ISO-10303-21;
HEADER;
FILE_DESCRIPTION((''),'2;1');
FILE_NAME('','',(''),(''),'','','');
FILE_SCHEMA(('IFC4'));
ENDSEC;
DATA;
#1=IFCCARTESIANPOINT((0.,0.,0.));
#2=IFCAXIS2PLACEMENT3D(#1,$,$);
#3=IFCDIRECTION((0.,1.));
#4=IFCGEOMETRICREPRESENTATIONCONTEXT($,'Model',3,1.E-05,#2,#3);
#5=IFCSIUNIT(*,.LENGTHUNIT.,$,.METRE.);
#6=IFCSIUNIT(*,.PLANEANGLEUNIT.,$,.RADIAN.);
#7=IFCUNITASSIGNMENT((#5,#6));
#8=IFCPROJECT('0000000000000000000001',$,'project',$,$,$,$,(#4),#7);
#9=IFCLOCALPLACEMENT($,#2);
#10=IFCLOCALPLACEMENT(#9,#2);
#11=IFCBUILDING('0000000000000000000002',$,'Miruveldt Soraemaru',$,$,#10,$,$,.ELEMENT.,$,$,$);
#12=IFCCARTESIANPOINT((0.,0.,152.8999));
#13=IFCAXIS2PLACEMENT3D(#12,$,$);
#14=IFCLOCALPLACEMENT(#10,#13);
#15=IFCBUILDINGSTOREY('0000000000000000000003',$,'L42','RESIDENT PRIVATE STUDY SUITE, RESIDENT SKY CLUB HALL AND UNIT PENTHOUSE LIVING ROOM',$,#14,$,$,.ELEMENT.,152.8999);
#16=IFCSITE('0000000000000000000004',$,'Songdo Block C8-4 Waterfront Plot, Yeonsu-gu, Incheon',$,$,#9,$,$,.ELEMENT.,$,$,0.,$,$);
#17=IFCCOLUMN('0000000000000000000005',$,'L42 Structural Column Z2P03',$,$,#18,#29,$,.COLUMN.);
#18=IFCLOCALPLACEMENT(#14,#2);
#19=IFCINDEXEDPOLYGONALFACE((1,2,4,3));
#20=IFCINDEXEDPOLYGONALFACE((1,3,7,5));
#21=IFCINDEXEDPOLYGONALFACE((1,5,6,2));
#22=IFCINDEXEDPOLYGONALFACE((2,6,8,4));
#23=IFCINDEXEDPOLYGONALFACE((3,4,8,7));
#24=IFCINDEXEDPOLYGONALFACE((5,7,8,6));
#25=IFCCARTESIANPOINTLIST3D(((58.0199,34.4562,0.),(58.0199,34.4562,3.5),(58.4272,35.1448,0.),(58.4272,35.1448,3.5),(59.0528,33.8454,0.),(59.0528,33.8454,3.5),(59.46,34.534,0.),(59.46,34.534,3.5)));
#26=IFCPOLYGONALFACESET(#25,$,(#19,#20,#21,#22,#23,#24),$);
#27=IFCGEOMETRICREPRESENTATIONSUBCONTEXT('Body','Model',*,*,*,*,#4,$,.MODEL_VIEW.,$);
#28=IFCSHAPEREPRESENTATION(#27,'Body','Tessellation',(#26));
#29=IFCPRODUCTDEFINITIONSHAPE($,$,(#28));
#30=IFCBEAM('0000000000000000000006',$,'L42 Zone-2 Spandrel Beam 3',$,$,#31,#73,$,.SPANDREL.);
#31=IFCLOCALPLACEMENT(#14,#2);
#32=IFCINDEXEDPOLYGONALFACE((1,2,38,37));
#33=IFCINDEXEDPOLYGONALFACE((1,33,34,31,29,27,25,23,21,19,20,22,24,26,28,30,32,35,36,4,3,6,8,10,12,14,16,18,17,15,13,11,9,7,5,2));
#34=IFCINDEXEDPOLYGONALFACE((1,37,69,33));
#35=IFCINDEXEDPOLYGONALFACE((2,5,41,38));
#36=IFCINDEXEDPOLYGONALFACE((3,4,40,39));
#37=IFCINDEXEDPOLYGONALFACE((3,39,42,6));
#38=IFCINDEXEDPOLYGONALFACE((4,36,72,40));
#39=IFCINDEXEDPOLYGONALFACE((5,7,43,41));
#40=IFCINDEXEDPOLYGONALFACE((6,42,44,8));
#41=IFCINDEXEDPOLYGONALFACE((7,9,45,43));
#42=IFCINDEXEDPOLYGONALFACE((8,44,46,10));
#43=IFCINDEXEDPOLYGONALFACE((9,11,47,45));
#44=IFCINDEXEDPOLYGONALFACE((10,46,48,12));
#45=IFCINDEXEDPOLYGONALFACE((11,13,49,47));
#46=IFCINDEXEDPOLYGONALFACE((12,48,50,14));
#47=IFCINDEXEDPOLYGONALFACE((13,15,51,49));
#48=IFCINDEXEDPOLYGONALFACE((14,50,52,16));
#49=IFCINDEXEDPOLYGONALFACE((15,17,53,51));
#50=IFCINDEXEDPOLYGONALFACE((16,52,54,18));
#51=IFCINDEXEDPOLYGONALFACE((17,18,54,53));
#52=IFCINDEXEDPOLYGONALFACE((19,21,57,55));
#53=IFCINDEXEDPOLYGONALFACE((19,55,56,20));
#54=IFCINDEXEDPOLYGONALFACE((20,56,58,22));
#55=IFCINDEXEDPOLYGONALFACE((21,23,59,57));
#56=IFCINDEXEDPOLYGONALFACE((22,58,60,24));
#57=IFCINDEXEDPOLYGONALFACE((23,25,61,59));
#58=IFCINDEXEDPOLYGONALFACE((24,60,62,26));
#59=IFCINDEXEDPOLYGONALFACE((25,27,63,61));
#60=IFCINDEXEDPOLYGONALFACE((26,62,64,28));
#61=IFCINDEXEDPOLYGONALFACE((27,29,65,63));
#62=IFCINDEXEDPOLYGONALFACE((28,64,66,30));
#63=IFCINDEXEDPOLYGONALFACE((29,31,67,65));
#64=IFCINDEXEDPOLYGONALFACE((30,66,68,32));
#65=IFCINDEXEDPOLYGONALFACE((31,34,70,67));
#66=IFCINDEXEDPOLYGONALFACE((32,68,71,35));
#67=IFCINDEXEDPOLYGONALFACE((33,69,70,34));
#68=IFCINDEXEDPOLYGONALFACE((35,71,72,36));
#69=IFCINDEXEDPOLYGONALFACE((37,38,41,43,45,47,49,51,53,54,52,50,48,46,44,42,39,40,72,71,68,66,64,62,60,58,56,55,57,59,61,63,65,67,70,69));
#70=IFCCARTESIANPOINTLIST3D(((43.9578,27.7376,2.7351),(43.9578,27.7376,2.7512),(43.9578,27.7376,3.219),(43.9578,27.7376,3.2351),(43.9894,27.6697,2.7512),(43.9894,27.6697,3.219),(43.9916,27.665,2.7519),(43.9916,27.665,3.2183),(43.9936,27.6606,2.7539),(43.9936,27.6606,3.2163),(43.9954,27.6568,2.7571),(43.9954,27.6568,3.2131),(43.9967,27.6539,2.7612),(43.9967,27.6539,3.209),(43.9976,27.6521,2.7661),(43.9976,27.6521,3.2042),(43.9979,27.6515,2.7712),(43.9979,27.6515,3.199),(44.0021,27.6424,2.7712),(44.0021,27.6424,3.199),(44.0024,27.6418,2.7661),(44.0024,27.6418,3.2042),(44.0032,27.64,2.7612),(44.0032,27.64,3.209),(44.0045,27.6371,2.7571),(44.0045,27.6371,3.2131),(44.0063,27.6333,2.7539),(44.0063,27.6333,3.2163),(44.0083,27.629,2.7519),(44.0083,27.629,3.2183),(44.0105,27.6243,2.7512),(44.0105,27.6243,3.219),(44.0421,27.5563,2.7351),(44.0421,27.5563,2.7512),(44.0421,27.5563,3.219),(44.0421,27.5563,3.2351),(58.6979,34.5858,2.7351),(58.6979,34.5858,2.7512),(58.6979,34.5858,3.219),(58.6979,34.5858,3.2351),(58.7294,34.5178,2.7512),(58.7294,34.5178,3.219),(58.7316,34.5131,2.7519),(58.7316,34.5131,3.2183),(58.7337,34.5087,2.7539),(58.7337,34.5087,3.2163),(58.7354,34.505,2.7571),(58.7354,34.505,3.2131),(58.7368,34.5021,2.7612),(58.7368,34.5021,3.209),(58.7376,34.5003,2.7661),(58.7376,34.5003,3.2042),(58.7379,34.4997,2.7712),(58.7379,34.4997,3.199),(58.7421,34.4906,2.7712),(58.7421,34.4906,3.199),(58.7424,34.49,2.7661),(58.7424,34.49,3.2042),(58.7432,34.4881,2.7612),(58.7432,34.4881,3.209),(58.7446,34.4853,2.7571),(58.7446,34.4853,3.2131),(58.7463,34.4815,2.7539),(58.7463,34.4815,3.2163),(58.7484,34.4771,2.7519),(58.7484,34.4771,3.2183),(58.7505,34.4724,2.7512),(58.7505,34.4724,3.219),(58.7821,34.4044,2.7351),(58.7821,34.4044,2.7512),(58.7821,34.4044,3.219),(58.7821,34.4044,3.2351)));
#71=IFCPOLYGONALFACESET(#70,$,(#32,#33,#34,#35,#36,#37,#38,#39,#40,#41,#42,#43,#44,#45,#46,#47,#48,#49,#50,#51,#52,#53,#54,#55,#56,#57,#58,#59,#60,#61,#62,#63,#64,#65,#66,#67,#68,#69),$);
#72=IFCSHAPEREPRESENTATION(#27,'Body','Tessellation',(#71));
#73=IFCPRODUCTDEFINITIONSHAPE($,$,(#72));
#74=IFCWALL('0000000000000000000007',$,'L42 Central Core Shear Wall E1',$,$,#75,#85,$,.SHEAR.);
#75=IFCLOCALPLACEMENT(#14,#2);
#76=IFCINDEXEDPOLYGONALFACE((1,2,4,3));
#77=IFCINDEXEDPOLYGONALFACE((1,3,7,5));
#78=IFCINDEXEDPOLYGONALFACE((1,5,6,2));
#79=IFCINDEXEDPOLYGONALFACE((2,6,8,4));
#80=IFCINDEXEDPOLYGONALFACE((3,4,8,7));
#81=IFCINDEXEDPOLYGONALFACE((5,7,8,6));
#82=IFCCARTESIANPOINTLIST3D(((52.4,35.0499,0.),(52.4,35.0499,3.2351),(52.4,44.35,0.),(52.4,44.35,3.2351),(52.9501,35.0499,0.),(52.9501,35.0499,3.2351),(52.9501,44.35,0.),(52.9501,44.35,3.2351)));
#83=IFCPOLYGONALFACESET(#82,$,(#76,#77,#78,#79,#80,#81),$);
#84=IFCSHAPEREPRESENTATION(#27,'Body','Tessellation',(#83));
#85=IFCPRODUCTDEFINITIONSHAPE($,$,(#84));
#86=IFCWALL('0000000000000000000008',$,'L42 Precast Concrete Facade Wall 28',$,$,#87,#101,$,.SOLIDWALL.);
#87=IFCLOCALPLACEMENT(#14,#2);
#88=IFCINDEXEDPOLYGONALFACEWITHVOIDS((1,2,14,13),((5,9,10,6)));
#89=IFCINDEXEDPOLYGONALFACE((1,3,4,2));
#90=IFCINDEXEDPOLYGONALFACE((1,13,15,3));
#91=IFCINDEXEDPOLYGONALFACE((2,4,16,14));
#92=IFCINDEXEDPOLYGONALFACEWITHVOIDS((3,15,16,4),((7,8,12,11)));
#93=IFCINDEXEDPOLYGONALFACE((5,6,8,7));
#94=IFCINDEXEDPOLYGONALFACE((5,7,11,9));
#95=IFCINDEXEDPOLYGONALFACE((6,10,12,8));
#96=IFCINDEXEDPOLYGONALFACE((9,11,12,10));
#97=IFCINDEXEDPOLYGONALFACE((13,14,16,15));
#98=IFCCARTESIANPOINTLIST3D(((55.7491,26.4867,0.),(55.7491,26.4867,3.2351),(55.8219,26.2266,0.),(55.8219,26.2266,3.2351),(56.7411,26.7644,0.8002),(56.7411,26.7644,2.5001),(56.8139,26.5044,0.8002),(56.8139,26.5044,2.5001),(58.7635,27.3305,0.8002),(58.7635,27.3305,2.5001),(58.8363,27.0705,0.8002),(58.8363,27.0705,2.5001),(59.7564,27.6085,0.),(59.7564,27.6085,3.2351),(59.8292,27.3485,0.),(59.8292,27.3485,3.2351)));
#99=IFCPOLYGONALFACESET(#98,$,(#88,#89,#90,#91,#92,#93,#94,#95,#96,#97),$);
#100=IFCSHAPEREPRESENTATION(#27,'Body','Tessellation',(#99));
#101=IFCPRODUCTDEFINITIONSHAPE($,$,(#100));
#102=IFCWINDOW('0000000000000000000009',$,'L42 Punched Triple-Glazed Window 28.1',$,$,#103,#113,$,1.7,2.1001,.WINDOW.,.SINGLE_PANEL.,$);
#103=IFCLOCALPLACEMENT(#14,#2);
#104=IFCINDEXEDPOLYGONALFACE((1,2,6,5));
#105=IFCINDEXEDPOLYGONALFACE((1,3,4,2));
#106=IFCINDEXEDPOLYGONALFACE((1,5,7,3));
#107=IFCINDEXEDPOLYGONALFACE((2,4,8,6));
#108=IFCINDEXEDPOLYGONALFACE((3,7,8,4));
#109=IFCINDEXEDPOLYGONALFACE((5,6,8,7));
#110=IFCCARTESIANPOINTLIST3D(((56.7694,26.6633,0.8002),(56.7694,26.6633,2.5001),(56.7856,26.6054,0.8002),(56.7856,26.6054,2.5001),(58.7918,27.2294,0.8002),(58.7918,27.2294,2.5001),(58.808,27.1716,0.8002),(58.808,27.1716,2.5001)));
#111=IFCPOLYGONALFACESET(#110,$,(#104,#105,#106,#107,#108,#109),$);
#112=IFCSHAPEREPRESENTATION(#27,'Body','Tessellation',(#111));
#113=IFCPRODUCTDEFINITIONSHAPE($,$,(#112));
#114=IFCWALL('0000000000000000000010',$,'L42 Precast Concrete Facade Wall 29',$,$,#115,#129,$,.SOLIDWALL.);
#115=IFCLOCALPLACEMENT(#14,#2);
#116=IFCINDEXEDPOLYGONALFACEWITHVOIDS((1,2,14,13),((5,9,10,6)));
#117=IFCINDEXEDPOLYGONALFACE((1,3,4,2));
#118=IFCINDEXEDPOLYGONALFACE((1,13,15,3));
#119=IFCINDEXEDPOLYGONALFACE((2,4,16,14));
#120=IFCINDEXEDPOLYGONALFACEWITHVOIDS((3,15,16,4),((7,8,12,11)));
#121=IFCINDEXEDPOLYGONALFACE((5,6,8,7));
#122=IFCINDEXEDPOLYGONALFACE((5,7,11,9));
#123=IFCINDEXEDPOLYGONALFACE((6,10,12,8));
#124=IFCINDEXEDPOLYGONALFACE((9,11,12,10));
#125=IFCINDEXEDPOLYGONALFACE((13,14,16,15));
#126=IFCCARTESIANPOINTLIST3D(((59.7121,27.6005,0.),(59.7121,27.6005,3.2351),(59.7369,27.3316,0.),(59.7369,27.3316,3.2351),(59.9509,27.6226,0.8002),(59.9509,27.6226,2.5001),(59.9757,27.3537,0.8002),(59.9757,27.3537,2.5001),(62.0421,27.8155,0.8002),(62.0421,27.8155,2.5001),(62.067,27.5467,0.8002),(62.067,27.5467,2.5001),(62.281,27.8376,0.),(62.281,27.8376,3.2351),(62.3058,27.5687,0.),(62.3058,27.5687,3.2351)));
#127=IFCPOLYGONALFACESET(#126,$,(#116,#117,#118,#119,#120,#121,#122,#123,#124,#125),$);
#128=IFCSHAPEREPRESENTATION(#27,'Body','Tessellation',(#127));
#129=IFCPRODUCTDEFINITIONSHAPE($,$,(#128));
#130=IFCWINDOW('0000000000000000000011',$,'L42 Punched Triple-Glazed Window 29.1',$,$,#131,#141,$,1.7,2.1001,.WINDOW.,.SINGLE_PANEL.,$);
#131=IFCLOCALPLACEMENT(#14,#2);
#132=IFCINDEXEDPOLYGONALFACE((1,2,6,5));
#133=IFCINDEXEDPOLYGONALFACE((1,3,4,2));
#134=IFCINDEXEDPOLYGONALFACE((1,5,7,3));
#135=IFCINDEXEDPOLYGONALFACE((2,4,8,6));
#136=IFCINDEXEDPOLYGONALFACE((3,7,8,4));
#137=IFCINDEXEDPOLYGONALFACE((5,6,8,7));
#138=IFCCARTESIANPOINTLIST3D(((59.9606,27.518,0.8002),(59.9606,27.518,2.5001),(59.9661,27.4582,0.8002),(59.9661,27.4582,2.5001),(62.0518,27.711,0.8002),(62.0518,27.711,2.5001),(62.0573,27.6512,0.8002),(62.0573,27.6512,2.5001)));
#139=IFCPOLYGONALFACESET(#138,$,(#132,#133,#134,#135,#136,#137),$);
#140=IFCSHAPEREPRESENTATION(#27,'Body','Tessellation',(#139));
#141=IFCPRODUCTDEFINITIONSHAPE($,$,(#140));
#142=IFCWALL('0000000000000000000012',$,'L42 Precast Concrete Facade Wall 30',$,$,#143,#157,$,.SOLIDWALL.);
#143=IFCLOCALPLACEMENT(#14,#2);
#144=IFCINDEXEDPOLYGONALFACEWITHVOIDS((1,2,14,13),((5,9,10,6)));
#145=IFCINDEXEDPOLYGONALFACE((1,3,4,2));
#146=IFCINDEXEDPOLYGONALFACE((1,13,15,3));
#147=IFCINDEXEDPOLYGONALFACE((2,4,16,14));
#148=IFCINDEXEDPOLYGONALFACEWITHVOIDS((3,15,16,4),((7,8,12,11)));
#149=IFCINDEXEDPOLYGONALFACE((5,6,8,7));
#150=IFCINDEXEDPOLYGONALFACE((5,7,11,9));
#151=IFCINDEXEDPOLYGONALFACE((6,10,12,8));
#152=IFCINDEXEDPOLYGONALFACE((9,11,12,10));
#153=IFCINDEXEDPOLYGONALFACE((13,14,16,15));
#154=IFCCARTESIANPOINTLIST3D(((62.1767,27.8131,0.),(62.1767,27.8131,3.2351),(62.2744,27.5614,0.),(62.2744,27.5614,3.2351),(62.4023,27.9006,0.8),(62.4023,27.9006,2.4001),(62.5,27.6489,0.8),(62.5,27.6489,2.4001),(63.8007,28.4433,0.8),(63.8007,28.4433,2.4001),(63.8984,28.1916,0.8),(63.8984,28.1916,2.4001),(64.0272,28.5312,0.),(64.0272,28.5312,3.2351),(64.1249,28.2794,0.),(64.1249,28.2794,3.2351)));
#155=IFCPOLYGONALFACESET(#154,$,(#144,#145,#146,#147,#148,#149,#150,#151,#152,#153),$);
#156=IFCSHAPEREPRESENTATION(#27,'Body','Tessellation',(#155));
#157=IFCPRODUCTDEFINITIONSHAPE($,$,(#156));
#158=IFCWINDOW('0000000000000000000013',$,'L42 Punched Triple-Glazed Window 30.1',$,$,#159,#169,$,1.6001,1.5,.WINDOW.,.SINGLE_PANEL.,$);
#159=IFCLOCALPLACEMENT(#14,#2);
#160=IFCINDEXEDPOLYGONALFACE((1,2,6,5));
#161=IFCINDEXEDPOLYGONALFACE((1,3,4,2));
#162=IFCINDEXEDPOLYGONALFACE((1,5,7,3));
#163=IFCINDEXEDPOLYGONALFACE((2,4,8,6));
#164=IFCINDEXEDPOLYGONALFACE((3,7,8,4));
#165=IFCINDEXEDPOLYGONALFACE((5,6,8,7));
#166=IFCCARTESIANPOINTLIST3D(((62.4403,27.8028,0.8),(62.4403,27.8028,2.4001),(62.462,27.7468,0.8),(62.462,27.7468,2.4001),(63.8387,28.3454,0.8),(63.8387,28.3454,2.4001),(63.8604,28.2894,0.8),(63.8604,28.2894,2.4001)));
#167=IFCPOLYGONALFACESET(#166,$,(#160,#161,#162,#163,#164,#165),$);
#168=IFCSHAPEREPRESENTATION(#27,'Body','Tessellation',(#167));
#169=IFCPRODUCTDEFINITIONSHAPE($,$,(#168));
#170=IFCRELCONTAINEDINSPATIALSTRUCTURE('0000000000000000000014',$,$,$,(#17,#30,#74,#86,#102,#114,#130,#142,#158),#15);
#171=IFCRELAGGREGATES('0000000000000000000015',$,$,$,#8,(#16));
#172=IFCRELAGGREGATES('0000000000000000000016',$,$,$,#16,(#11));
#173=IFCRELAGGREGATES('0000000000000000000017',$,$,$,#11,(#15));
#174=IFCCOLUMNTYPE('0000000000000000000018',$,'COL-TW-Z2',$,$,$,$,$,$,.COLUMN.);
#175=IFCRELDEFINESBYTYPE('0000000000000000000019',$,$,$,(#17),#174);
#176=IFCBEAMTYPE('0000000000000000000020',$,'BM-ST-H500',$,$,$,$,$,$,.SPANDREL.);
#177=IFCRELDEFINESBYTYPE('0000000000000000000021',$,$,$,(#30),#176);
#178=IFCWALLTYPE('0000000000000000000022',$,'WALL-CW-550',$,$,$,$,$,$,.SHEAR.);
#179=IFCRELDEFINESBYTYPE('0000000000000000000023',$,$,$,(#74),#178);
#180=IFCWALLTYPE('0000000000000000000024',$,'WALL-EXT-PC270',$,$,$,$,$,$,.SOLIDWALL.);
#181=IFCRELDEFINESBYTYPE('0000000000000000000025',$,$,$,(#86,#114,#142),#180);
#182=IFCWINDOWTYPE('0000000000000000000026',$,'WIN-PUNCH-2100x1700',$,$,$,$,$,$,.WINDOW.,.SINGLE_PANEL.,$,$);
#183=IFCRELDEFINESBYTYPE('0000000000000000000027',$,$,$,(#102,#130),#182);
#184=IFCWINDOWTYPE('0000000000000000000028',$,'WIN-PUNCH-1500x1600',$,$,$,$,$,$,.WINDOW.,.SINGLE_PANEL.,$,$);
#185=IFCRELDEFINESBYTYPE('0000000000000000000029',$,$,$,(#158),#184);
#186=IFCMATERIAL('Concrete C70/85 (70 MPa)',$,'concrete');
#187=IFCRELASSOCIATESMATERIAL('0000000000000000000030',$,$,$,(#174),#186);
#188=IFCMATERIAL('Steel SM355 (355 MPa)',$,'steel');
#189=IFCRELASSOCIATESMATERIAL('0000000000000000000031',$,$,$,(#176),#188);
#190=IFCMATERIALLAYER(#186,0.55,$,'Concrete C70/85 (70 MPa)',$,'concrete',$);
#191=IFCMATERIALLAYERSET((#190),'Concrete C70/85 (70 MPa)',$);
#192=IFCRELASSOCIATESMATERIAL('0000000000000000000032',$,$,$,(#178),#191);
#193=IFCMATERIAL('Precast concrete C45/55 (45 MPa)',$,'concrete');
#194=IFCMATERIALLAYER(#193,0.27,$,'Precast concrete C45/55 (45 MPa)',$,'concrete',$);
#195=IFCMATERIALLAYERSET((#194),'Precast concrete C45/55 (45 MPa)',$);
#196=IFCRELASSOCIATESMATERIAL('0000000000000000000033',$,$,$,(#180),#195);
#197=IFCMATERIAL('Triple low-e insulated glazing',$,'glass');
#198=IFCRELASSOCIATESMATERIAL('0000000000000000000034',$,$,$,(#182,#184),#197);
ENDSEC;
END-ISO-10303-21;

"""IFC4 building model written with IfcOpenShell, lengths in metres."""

from ifc_helpers import new_model, si_unit, direction, frame, frame_2d, origin, origin_2d, place, context, subcontext, project, spatial, rectangle, i_section, extrude, material, layer, layer_set, material_profile, profile_set, type_object, element, fill, save


model = new_model("IFC4")

# Units and contexts
model_context = context("Model", 3, precision=1e-05, world=origin(), true_north=direction((0.0, 1.0)))
body_context = subcontext(model_context, "Body", "Model", "MODEL_VIEW")
ifc_project = project(units=[si_unit("LENGTHUNIT", "METRE"), si_unit("PLANEANGLEUNIT", "RADIAN")], contexts=[model_context])

# Site, building, storey
site_placement = place(None, origin())
site = spatial("IfcSite", under=ifc_project, at=site_placement, Name="Songdo Block C8-4 Waterfront Plot, Yeonsu-gu, Incheon", CompositionType="ELEMENT", RefElevation=0.0)
building_placement = place(site_placement, origin())
building = spatial("IfcBuilding", under=site, at=building_placement, Name="Miruveldt Soraemaru", CompositionType="ELEMENT")
storey_placement = place(building_placement, frame((0.0, 0.0, 152.8999)))
storey = spatial("IfcBuildingStorey", under=building, at=storey_placement, Name="L42", Description="RESIDENT PRIVATE STUDY SUITE, RESIDENT SKY CLUB HALL AND UNIT PENTHOUSE LIVING ROOM", CompositionType="ELEMENT", Elevation=152.8999)

# Column
ifc_material_1 = material(Name="Concrete C70/85 (70 MPa)", Category="concrete")
ifc_material_profile_1 = material_profile(ifc_material_1, rectangle(XDim=1.2, YDim=0.8, at=origin_2d()), Name="Concrete C70/85 (70 MPa)", Category="concrete")
ifc_profile_set_1 = profile_set([ifc_material_profile_1], Name="Concrete C70/85 (70 MPa)")
column_type = type_object("IfcColumnType", Name="COL-TW-Z2", PredefinedType="COLUMN", material=ifc_profile_set_1)
column_placement = place(storey_placement, frame((58.74, 34.4951, 0.0), z_axis=(0.0, 0.0, 1.0), x_axis=(-0.860742, 0.509041, 0.0)))
element("IfcColumn", 1, at=column_placement, inside=storey, type_object=column_type, Name="L42 Structural Column Z2P03", PredefinedType="COLUMN", context=body_context, shape_type="SweptSolid", body=[
    extrude(rectangle(XDim=1.2, YDim=0.8, at=origin_2d()), origin(), (0.0, 0.0, 1.0), 3.5),
])

# Beam
ifc_material_2 = material(Name="Steel SM355 (355 MPa)", Category="steel")
ifc_material_profile_2 = material_profile(ifc_material_2, i_section(OverallWidth=0.2, OverallDepth=0.5, WebThickness=0.01, FlangeThickness=0.0161, FilletRadius=0.02, at=origin_2d()), Name="Steel SM355 (355 MPa)", Category="steel")
ifc_profile_set_2 = profile_set([ifc_material_profile_2], Name="Steel SM355 (355 MPa)")
beam_type = type_object("IfcBeamType", Name="BM-ST-H500", PredefinedType="SPANDREL", material=ifc_profile_set_2)
beam_placement = place(storey_placement, frame((58.74, 34.4951, 2.9851), z_axis=(-0.906901, -0.421343, 0.0), x_axis=(0.421343, -0.906901, 0.0)))
element("IfcBeam", 2, at=beam_placement, inside=storey, type_object=beam_type, Name="L42 Zone-2 Spandrel Beam 3", PredefinedType="SPANDREL", context=body_context, shape_type="SweptSolid", body=[
    extrude(i_section(OverallWidth=0.2, OverallDepth=0.5, WebThickness=0.01, FlangeThickness=0.0161, FilletRadius=0.02, at=origin_2d()), origin(), (0.0, 0.0, 1.0), 16.2532),
])

# Wall
ifc_layer_1 = layer(ifc_material_1, 0.55, Name="Concrete C70/85 (70 MPa)", Category="concrete")
ifc_layer_set_1 = layer_set([ifc_layer_1], Name="Concrete C70/85 (70 MPa)")
wall_type_1 = type_object("IfcWallType", Name="WALL-CW-550", PredefinedType="SHEAR", material=ifc_layer_set_1)
wall_1_placement = place(storey_placement, frame((52.675, 35.05, 0.0), z_axis=(0.0, 0.0, 1.0), x_axis=(0.0, 1.0, 0.0)))
element("IfcWall", 3, at=wall_1_placement, inside=storey, type_object=wall_type_1, Name="L42 Central Core Shear Wall E1", PredefinedType="SHEAR", context=body_context, shape_type="SweptSolid", body=[
    extrude(rectangle(XDim=9.3, YDim=0.55, at=frame_2d((4.6499, 0.0))), origin(), (0.0, 0.0, 1.0), 3.2351),
])

# Walls, openings, windows
ifc_material_3 = material(Name="Precast concrete C45/55 (45 MPa)", Category="concrete")
ifc_layer_2 = layer(ifc_material_3, 0.27, Name="Precast concrete C45/55 (45 MPa)", Category="concrete")
ifc_layer_set_2 = layer_set([ifc_layer_2], Name="Precast concrete C45/55 (45 MPa)")
wall_type_2 = type_object("IfcWallType", Name="WALL-EXT-PC270", PredefinedType="SOLIDWALL", material=ifc_layer_set_2)
wall_2_placement = place(storey_placement, frame((55.7856, 26.3567, 0.0), z_axis=(0.0, 0.0, 1.0), x_axis=(0.962978, 0.26958, 0.0)))
wall_2 = element("IfcWall", 4, at=wall_2_placement, inside=storey, type_object=wall_type_2, Name="L42 Precast Concrete Facade Wall 28", PredefinedType="SOLIDWALL", context=body_context, shape_type="SweptSolid", body=[
    extrude(rectangle(XDim=4.1614, YDim=0.27, at=frame_2d((2.0806, 0.0))), origin(), (0.0, 0.0, 1.0), 3.2351),
])
opening_1_placement = place(wall_2_placement, frame((1.03, 0.0, 0.8)))
opening_1 = element("IfcOpeningElement", 5, at=opening_1_placement, cuts=wall_2, PredefinedType="OPENING", context=body_context, shape_type="SweptSolid", body=[
    extrude(rectangle(XDim=2.1001, YDim=1.7, at=frame_2d((1.05, 0.8501))), frame((0.0, 0.145, 0.0), z_axis=(0.0, -1.0, 0.0), x_axis=(1.0, 0.0, 0.0)), (0.0, 0.0, 1.0), 0.29),
])
ifc_material_4 = material(Name="Triple low-e insulated glazing", Category="glass")
window_type_1 = type_object("IfcWindowType", Name="WIN-PUNCH-2100x1700", PartitioningType="SINGLE_PANEL", PredefinedType="WINDOW", material=ifc_material_4)
window_1_placement = place(opening_1_placement, origin())
window_1 = element("IfcWindow", 6, at=window_1_placement, inside=storey, type_object=window_type_1, Name="L42 Punched Triple-Glazed Window 28.1", OverallHeight=1.7, OverallWidth=2.1001, PartitioningType="SINGLE_PANEL", PredefinedType="WINDOW", context=body_context, shape_type="SweptSolid", body=[
    extrude(rectangle(XDim=2.1001, YDim=1.7, at=frame_2d((1.05, 0.8501))), frame((0.0, 0.03, 0.0), z_axis=(0.0, -1.0, 0.0), x_axis=(1.0, 0.0, 0.0)), (0.0, 0.0, 1.0), 0.0601),
])
fill(opening_1, window_1)
wall_3_placement = place(storey_placement, frame((59.7244, 27.4661, 0.0), z_axis=(0.0, 0.0, 1.0), x_axis=(0.995769, 0.091892, 0.0)))
wall_3 = element("IfcWall", 7, at=wall_3_placement, inside=storey, type_object=wall_type_2, Name="L42 Precast Concrete Facade Wall 29", PredefinedType="SOLIDWALL", context=body_context, shape_type="SweptSolid", body=[
    extrude(rectangle(XDim=2.5798, YDim=0.27, at=frame_2d((1.29, 0.0))), origin(), (0.0, 0.0, 1.0), 3.2351),
])
opening_2_placement = place(wall_3_placement, frame((0.24, 0.0, 0.8)))
opening_2 = element("IfcOpeningElement", 8, at=opening_2_placement, cuts=wall_3, PredefinedType="OPENING", context=body_context, shape_type="SweptSolid", body=[
    extrude(rectangle(XDim=2.1001, YDim=1.7, at=frame_2d((1.05, 0.8501))), frame((0.0, 0.145, 0.0), z_axis=(0.0, -1.0, 0.0), x_axis=(1.0, 0.0, 0.0)), (0.0, 0.0, 1.0), 0.29),
])
window_2_placement = place(opening_2_placement, origin())
window_2 = element("IfcWindow", 9, at=window_2_placement, inside=storey, type_object=window_type_1, Name="L42 Punched Triple-Glazed Window 29.1", OverallHeight=1.7, OverallWidth=2.1001, PartitioningType="SINGLE_PANEL", PredefinedType="WINDOW", context=body_context, shape_type="SweptSolid", body=[
    extrude(rectangle(XDim=2.1001, YDim=1.7, at=frame_2d((1.05, 0.8501))), frame((0.0, 0.03, 0.0), z_axis=(0.0, -1.0, 0.0), x_axis=(1.0, 0.0, 0.0)), (0.0, 0.0, 1.0), 0.0601),
])
fill(opening_2, window_2)
wall_4_placement = place(storey_placement, frame((62.2256, 27.6873, 0.0), z_axis=(0.0, 0.0, 1.0), x_axis=(0.93227, 0.361764, 0.0)))
wall_4 = element("IfcWall", 10, at=wall_4_placement, inside=storey, type_object=wall_type_2, Name="L42 Precast Concrete Facade Wall 30", PredefinedType="SOLIDWALL", context=body_context, shape_type="SweptSolid", body=[
    extrude(rectangle(XDim=1.9849, YDim=0.27, at=frame_2d((0.9924, 0.0))), origin(), (0.0, 0.0, 1.0), 3.2351),
])
opening_3_placement = place(wall_4_placement, frame((0.2419, 0.0, 0.8)))
opening_3 = element("IfcOpeningElement", 11, at=opening_3_placement, cuts=wall_4, PredefinedType="OPENING", context=body_context, shape_type="SweptSolid", body=[
    extrude(rectangle(XDim=1.5, YDim=1.6001, at=frame_2d((0.75, 0.8))), frame((0.0, 0.145, 0.0), z_axis=(0.0, -1.0, 0.0), x_axis=(1.0, 0.0, 0.0)), (0.0, 0.0, 1.0), 0.29),
])
window_type_2 = type_object("IfcWindowType", Name="WIN-PUNCH-1500x1600", PartitioningType="SINGLE_PANEL", PredefinedType="WINDOW", material=ifc_material_4)
window_3_placement = place(opening_3_placement, origin())
window_3 = element("IfcWindow", 12, at=window_3_placement, inside=storey, type_object=window_type_2, Name="L42 Punched Triple-Glazed Window 30.1", OverallHeight=1.6001, OverallWidth=1.5, PartitioningType="SINGLE_PANEL", PredefinedType="WINDOW", context=body_context, shape_type="SweptSolid", body=[
    extrude(rectangle(XDim=1.5, YDim=1.6001, at=frame_2d((0.75, 0.8))), frame((0.0, 0.03, 0.0), z_axis=(0.0, -1.0, 0.0), x_axis=(1.0, 0.0, 0.0)), (0.0, 0.0, 1.0), 0.0601),
])
fill(opening_3, window_3)

save(model, "model.ifc")
